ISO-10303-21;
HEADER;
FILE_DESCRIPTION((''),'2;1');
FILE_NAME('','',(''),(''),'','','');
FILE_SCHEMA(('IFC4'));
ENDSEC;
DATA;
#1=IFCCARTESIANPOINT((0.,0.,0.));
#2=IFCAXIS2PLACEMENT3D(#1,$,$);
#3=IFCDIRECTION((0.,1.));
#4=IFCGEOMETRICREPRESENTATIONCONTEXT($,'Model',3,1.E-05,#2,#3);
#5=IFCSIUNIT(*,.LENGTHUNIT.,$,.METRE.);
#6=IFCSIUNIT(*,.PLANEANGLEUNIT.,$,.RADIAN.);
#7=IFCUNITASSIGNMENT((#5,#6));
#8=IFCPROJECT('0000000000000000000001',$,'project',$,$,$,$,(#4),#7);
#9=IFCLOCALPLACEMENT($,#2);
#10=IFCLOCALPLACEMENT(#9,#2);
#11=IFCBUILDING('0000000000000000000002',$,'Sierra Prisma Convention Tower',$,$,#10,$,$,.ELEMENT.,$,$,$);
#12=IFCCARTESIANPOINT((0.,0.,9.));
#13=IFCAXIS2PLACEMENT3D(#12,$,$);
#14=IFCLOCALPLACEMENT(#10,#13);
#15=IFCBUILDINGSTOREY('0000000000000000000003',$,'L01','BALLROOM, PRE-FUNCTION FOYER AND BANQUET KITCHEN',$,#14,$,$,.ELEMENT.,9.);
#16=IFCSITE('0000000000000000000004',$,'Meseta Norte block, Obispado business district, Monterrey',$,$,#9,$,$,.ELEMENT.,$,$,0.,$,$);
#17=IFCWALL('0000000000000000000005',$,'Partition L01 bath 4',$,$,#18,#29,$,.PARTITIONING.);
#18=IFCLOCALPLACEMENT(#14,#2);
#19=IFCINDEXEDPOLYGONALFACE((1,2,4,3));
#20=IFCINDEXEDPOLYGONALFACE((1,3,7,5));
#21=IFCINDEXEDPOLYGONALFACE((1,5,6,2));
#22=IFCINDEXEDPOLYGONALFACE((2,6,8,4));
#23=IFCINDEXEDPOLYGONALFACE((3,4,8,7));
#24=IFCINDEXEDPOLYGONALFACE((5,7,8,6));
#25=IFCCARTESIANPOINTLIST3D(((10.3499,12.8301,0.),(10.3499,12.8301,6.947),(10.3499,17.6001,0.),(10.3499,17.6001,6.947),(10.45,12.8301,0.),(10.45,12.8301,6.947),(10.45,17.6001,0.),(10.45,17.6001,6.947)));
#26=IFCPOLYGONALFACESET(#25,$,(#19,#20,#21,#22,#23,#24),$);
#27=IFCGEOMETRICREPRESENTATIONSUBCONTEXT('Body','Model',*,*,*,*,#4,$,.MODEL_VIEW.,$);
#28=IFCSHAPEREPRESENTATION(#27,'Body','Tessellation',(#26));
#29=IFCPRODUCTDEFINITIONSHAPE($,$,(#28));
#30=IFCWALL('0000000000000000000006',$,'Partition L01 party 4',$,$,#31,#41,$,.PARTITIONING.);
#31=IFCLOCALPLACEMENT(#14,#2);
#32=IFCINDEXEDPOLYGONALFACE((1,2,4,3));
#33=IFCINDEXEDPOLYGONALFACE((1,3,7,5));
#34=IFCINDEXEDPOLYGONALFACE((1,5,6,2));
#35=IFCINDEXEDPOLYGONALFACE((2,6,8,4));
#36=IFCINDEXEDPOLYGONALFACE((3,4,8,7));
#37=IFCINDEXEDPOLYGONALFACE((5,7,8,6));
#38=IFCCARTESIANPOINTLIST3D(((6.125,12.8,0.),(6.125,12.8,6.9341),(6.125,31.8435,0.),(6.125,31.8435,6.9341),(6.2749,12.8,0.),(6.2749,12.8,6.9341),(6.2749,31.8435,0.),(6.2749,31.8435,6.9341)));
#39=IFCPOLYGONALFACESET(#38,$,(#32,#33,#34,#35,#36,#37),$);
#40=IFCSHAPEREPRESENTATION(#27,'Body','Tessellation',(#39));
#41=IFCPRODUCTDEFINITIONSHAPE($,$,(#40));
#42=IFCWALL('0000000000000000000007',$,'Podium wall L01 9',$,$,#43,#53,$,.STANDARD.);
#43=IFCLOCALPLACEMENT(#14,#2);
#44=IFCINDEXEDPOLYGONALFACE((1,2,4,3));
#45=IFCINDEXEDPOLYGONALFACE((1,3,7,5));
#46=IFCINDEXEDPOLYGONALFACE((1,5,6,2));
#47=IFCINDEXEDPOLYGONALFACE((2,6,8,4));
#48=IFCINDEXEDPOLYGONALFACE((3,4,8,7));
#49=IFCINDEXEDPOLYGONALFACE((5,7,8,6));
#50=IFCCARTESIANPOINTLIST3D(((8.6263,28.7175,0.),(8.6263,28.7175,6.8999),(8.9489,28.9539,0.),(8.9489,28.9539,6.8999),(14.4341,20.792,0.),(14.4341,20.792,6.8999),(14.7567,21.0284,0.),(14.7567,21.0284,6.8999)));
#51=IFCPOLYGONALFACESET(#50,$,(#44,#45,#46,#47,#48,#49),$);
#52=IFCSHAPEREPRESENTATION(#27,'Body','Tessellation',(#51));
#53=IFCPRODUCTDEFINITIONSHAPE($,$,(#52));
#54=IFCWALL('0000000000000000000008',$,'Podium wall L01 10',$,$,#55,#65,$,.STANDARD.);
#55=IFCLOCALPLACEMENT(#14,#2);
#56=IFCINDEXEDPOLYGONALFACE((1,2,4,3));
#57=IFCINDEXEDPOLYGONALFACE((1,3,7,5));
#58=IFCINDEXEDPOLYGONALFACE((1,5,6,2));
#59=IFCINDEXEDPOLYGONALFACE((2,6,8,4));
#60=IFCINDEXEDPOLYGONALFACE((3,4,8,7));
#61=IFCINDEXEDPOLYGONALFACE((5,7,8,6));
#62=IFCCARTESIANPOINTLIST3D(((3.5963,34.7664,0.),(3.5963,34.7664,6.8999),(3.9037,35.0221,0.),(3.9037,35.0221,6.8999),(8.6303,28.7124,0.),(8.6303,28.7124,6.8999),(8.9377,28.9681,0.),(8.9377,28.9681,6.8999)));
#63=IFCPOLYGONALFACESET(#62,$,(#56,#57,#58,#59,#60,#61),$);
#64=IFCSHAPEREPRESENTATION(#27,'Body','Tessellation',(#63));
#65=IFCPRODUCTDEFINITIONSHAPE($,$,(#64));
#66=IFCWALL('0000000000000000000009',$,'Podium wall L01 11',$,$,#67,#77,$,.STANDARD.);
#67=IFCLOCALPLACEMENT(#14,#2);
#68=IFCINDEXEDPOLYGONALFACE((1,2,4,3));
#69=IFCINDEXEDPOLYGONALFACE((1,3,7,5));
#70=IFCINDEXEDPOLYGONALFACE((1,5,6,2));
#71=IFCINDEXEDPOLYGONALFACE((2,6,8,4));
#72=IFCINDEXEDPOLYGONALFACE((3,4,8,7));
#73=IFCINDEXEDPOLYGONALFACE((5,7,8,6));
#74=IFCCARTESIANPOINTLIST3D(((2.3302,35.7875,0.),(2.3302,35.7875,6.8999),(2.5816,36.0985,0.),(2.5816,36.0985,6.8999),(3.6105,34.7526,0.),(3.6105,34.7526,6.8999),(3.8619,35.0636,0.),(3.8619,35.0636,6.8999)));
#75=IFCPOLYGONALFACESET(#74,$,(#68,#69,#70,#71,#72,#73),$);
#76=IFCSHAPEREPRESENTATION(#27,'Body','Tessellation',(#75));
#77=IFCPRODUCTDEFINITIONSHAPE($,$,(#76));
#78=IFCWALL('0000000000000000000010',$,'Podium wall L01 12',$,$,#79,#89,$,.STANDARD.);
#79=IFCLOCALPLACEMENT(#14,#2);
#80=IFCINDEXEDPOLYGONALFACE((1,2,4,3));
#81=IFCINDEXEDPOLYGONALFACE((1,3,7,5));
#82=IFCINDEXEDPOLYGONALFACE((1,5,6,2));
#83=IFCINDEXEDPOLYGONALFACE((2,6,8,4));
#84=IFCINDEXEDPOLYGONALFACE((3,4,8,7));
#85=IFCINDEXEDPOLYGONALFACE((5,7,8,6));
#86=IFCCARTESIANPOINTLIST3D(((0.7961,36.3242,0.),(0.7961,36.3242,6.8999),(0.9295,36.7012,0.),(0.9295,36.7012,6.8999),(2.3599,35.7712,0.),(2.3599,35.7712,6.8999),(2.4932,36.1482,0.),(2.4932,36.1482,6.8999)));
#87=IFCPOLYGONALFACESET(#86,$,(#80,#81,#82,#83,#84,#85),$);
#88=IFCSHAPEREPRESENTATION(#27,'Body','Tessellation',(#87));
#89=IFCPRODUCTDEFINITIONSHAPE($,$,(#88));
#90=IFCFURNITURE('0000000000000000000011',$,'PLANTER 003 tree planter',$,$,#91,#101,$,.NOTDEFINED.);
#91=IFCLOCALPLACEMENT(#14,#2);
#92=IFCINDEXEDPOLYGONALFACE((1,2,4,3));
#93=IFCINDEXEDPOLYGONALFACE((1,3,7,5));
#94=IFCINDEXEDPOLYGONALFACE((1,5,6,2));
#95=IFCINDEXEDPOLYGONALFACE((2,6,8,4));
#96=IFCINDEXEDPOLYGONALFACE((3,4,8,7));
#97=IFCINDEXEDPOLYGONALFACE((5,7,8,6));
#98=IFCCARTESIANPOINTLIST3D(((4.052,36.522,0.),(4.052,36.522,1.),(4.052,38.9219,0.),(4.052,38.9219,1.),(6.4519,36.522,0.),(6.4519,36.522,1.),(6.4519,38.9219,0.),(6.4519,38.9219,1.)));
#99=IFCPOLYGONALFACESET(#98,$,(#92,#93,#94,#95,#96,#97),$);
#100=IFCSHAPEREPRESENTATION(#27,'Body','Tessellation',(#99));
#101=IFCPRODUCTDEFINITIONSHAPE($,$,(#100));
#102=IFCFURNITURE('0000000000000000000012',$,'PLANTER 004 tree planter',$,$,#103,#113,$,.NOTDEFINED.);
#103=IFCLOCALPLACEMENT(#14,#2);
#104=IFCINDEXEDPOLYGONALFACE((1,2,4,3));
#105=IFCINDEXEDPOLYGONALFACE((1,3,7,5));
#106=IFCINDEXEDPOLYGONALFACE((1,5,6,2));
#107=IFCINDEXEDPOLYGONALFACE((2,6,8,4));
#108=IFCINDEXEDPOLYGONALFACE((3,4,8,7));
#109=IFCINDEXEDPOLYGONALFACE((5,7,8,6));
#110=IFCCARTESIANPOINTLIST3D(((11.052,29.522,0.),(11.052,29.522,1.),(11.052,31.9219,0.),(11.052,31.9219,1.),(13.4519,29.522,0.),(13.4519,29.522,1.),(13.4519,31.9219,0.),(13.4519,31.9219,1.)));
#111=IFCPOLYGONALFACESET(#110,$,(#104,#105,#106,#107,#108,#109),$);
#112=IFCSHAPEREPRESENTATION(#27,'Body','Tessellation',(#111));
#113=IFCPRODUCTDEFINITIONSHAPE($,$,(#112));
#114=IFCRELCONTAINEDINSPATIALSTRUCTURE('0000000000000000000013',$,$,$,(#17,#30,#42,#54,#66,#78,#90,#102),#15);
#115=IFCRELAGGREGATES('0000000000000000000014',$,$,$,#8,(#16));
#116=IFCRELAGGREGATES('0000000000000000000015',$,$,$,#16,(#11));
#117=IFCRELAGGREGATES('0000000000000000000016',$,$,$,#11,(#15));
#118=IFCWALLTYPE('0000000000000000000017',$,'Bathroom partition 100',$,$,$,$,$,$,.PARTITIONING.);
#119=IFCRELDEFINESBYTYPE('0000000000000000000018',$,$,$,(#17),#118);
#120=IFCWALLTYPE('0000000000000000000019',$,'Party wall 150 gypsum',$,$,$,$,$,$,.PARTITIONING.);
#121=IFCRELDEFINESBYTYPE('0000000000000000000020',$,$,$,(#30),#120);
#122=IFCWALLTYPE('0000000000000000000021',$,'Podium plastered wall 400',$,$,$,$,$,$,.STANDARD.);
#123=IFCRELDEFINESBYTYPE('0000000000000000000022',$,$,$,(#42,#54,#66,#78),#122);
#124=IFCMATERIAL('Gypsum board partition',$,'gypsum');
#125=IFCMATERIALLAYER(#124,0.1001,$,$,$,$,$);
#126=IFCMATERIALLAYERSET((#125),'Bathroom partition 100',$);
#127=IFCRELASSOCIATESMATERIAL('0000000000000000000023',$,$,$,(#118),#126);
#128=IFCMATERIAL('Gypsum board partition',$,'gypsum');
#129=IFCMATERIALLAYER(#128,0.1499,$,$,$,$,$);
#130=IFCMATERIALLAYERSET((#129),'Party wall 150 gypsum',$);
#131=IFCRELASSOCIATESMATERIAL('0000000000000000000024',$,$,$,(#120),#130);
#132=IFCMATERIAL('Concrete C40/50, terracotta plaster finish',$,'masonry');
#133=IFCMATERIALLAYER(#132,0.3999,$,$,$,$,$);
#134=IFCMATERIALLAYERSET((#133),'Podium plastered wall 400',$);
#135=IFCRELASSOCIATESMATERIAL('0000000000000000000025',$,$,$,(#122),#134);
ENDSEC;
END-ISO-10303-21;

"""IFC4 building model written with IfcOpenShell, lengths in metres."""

from ifc_helpers import new_model, si_unit, direction, frame, frame_2d, origin, origin_2d, place, context, subcontext, project, spatial, rectangle, extrude, material, layer, layer_set, type_object, element, save


model = new_model("IFC4")

# Units and contexts
model_context = context("Model", 3, precision=1e-05, world=origin(), true_north=direction((0.0, 1.0)))
body_context = subcontext(model_context, "Body", "Model", "MODEL_VIEW")
ifc_project = project(units=[si_unit("LENGTHUNIT", "METRE"), si_unit("PLANEANGLEUNIT", "RADIAN")], contexts=[model_context])

# Site, building, storey
site_placement = place(None, origin())
site = spatial("IfcSite", under=ifc_project, at=site_placement, Name="Meseta Norte block, Obispado business district, Monterrey", CompositionType="ELEMENT", RefElevation=0.0)
building_placement = place(site_placement, origin())
building = spatial("IfcBuilding", under=site, at=building_placement, Name="Sierra Prisma Convention Tower", CompositionType="ELEMENT")
storey_placement = place(building_placement, frame((0.0, 0.0, 9.0)))
storey = spatial("IfcBuildingStorey", under=building, at=storey_placement, Name="L01", Description="BALLROOM, PRE-FUNCTION FOYER AND BANQUET KITCHEN", CompositionType="ELEMENT", Elevation=9.0)

# Walls
ifc_material_1 = material(Name="Gypsum board partition", Category="gypsum")
ifc_layer_1 = layer(ifc_material_1, 0.1001)
ifc_layer_set_1 = layer_set([ifc_layer_1], Name="Bathroom partition 100")
wall_type_1 = type_object("IfcWallType", Name="Bathroom partition 100", PredefinedType="PARTITIONING", material=ifc_layer_set_1)
wall_1_placement = place(storey_placement, frame((10.3999, 17.6001, 0.0), z_axis=(0.0, 0.0, 1.0), x_axis=(0.0, -1.0, 0.0)))
element("IfcWall", 1, at=wall_1_placement, inside=storey, type_object=wall_type_1, Name="Partition L01 bath 4", PredefinedType="PARTITIONING", context=body_context, shape_type="SweptSolid", body=[
    extrude(rectangle(XDim=4.77, YDim=0.1001, at=frame_2d((2.385, 0.0))), origin(), (0.0, 0.0, 1.0), 6.947),
])
ifc_material_2 = material(Name="Gypsum board partition", Category="gypsum")
ifc_layer_2 = layer(ifc_material_2, 0.1499)
ifc_layer_set_2 = layer_set([ifc_layer_2], Name="Party wall 150 gypsum")
wall_type_2 = type_object("IfcWallType", Name="Party wall 150 gypsum", PredefinedType="PARTITIONING", material=ifc_layer_set_2)
wall_2_placement = place(storey_placement, frame((6.2, 12.8, 0.0), z_axis=(0.0, 0.0, 1.0), x_axis=(0.0, 1.0, 0.0)))
element("IfcWall", 2, at=wall_2_placement, inside=storey, type_object=wall_type_2, Name="Partition L01 party 4", PredefinedType="PARTITIONING", context=body_context, shape_type="SweptSolid", body=[
    extrude(rectangle(XDim=19.0435, YDim=0.1499, at=frame_2d((9.5217, 0.0))), origin(), (0.0, 0.0, 1.0), 6.9341),
])
ifc_material_3 = material(Name="Concrete C40/50, terracotta plaster finish", Category="masonry")
ifc_layer_3 = layer(ifc_material_3, 0.3999)
ifc_layer_set_3 = layer_set([ifc_layer_3], Name="Podium plastered wall 400")
wall_type_3 = type_object("IfcWallType", Name="Podium plastered wall 400", PredefinedType="STANDARD", material=ifc_layer_set_3)
wall_3_placement = place(storey_placement, frame((8.7876, 28.8357, 0.0), z_axis=(0.0, 0.0, 1.0), x_axis=(0.591086, -0.806609, 0.0)))
element("IfcWall", 3, at=wall_3_placement, inside=storey, type_object=wall_type_3, Name="Podium wall L01 9", PredefinedType="STANDARD", context=body_context, shape_type="SweptSolid", body=[
    extrude(rectangle(XDim=9.8257, YDim=0.3999, at=frame_2d((4.9128, 0.0))), origin(), (0.0, 0.0, 1.0), 6.8999),
])
wall_4_placement = place(storey_placement, frame((3.75, 34.8943, 0.0), z_axis=(0.0, 0.0, 1.0), x_axis=(0.639357, -0.76891, 0.0)))
element("IfcWall", 4, at=wall_4_placement, inside=storey, type_object=wall_type_3, Name="Podium wall L01 10", PredefinedType="STANDARD", context=body_context, shape_type="SweptSolid", body=[
    extrude(rectangle(XDim=7.8735, YDim=0.3999, at=frame_2d((3.9368, 0.0))), origin(), (0.0, 0.0, 1.0), 6.8999),
])
wall_5_placement = place(storey_placement, frame((2.4558, 35.9431, 0.0), z_axis=(0.0, 0.0, 1.0), x_axis=(0.77769, -0.628648, 0.0)))
element("IfcWall", 5, at=wall_5_placement, inside=storey, type_object=wall_type_3, Name="Podium wall L01 11", PredefinedType="STANDARD", context=body_context, shape_type="SweptSolid", body=[
    extrude(rectangle(XDim=1.6462, YDim=0.3999, at=frame_2d((0.8232, 0.0))), origin(), (0.0, 0.0, 1.0), 6.8999),
])
wall_6_placement = place(storey_placement, frame((0.8628, 36.5127, 0.0), z_axis=(0.0, 0.0, 1.0), x_axis=(0.942786, -0.333398, 0.0)))
element("IfcWall", 6, at=wall_6_placement, inside=storey, type_object=wall_type_3, Name="Podium wall L01 12", PredefinedType="STANDARD", context=body_context, shape_type="SweptSolid", body=[
    extrude(rectangle(XDim=1.6587, YDim=0.3999, at=frame_2d((0.8293, 0.0))), origin(), (0.0, 0.0, 1.0), 6.8999),
])

# Furniture
for number, where, z_axis, x_axis, name in (
    (7, (5.252, 37.7219, 0.0), (0.0, 0.0, 1.0), (1.0, 0.0, 0.0), "PLANTER 003 tree planter"),
    (8, (12.252, 30.7219, 0.0), (0.0, 0.0, 1.0), (1.0, 0.0, 0.0), "PLANTER 004 tree planter"),
):
    element("IfcFurniture", number, at=place(storey_placement, frame(where, z_axis=z_axis, x_axis=x_axis)), inside=storey, Name=name, PredefinedType="NOTDEFINED", context=body_context, shape_type="SweptSolid", body=[
        extrude(rectangle(XDim=2.3999, YDim=2.3999, at=origin_2d()), origin(), (0.0, 0.0, 1.0), 1.0),
    ])

save(model, "model.ifc")
